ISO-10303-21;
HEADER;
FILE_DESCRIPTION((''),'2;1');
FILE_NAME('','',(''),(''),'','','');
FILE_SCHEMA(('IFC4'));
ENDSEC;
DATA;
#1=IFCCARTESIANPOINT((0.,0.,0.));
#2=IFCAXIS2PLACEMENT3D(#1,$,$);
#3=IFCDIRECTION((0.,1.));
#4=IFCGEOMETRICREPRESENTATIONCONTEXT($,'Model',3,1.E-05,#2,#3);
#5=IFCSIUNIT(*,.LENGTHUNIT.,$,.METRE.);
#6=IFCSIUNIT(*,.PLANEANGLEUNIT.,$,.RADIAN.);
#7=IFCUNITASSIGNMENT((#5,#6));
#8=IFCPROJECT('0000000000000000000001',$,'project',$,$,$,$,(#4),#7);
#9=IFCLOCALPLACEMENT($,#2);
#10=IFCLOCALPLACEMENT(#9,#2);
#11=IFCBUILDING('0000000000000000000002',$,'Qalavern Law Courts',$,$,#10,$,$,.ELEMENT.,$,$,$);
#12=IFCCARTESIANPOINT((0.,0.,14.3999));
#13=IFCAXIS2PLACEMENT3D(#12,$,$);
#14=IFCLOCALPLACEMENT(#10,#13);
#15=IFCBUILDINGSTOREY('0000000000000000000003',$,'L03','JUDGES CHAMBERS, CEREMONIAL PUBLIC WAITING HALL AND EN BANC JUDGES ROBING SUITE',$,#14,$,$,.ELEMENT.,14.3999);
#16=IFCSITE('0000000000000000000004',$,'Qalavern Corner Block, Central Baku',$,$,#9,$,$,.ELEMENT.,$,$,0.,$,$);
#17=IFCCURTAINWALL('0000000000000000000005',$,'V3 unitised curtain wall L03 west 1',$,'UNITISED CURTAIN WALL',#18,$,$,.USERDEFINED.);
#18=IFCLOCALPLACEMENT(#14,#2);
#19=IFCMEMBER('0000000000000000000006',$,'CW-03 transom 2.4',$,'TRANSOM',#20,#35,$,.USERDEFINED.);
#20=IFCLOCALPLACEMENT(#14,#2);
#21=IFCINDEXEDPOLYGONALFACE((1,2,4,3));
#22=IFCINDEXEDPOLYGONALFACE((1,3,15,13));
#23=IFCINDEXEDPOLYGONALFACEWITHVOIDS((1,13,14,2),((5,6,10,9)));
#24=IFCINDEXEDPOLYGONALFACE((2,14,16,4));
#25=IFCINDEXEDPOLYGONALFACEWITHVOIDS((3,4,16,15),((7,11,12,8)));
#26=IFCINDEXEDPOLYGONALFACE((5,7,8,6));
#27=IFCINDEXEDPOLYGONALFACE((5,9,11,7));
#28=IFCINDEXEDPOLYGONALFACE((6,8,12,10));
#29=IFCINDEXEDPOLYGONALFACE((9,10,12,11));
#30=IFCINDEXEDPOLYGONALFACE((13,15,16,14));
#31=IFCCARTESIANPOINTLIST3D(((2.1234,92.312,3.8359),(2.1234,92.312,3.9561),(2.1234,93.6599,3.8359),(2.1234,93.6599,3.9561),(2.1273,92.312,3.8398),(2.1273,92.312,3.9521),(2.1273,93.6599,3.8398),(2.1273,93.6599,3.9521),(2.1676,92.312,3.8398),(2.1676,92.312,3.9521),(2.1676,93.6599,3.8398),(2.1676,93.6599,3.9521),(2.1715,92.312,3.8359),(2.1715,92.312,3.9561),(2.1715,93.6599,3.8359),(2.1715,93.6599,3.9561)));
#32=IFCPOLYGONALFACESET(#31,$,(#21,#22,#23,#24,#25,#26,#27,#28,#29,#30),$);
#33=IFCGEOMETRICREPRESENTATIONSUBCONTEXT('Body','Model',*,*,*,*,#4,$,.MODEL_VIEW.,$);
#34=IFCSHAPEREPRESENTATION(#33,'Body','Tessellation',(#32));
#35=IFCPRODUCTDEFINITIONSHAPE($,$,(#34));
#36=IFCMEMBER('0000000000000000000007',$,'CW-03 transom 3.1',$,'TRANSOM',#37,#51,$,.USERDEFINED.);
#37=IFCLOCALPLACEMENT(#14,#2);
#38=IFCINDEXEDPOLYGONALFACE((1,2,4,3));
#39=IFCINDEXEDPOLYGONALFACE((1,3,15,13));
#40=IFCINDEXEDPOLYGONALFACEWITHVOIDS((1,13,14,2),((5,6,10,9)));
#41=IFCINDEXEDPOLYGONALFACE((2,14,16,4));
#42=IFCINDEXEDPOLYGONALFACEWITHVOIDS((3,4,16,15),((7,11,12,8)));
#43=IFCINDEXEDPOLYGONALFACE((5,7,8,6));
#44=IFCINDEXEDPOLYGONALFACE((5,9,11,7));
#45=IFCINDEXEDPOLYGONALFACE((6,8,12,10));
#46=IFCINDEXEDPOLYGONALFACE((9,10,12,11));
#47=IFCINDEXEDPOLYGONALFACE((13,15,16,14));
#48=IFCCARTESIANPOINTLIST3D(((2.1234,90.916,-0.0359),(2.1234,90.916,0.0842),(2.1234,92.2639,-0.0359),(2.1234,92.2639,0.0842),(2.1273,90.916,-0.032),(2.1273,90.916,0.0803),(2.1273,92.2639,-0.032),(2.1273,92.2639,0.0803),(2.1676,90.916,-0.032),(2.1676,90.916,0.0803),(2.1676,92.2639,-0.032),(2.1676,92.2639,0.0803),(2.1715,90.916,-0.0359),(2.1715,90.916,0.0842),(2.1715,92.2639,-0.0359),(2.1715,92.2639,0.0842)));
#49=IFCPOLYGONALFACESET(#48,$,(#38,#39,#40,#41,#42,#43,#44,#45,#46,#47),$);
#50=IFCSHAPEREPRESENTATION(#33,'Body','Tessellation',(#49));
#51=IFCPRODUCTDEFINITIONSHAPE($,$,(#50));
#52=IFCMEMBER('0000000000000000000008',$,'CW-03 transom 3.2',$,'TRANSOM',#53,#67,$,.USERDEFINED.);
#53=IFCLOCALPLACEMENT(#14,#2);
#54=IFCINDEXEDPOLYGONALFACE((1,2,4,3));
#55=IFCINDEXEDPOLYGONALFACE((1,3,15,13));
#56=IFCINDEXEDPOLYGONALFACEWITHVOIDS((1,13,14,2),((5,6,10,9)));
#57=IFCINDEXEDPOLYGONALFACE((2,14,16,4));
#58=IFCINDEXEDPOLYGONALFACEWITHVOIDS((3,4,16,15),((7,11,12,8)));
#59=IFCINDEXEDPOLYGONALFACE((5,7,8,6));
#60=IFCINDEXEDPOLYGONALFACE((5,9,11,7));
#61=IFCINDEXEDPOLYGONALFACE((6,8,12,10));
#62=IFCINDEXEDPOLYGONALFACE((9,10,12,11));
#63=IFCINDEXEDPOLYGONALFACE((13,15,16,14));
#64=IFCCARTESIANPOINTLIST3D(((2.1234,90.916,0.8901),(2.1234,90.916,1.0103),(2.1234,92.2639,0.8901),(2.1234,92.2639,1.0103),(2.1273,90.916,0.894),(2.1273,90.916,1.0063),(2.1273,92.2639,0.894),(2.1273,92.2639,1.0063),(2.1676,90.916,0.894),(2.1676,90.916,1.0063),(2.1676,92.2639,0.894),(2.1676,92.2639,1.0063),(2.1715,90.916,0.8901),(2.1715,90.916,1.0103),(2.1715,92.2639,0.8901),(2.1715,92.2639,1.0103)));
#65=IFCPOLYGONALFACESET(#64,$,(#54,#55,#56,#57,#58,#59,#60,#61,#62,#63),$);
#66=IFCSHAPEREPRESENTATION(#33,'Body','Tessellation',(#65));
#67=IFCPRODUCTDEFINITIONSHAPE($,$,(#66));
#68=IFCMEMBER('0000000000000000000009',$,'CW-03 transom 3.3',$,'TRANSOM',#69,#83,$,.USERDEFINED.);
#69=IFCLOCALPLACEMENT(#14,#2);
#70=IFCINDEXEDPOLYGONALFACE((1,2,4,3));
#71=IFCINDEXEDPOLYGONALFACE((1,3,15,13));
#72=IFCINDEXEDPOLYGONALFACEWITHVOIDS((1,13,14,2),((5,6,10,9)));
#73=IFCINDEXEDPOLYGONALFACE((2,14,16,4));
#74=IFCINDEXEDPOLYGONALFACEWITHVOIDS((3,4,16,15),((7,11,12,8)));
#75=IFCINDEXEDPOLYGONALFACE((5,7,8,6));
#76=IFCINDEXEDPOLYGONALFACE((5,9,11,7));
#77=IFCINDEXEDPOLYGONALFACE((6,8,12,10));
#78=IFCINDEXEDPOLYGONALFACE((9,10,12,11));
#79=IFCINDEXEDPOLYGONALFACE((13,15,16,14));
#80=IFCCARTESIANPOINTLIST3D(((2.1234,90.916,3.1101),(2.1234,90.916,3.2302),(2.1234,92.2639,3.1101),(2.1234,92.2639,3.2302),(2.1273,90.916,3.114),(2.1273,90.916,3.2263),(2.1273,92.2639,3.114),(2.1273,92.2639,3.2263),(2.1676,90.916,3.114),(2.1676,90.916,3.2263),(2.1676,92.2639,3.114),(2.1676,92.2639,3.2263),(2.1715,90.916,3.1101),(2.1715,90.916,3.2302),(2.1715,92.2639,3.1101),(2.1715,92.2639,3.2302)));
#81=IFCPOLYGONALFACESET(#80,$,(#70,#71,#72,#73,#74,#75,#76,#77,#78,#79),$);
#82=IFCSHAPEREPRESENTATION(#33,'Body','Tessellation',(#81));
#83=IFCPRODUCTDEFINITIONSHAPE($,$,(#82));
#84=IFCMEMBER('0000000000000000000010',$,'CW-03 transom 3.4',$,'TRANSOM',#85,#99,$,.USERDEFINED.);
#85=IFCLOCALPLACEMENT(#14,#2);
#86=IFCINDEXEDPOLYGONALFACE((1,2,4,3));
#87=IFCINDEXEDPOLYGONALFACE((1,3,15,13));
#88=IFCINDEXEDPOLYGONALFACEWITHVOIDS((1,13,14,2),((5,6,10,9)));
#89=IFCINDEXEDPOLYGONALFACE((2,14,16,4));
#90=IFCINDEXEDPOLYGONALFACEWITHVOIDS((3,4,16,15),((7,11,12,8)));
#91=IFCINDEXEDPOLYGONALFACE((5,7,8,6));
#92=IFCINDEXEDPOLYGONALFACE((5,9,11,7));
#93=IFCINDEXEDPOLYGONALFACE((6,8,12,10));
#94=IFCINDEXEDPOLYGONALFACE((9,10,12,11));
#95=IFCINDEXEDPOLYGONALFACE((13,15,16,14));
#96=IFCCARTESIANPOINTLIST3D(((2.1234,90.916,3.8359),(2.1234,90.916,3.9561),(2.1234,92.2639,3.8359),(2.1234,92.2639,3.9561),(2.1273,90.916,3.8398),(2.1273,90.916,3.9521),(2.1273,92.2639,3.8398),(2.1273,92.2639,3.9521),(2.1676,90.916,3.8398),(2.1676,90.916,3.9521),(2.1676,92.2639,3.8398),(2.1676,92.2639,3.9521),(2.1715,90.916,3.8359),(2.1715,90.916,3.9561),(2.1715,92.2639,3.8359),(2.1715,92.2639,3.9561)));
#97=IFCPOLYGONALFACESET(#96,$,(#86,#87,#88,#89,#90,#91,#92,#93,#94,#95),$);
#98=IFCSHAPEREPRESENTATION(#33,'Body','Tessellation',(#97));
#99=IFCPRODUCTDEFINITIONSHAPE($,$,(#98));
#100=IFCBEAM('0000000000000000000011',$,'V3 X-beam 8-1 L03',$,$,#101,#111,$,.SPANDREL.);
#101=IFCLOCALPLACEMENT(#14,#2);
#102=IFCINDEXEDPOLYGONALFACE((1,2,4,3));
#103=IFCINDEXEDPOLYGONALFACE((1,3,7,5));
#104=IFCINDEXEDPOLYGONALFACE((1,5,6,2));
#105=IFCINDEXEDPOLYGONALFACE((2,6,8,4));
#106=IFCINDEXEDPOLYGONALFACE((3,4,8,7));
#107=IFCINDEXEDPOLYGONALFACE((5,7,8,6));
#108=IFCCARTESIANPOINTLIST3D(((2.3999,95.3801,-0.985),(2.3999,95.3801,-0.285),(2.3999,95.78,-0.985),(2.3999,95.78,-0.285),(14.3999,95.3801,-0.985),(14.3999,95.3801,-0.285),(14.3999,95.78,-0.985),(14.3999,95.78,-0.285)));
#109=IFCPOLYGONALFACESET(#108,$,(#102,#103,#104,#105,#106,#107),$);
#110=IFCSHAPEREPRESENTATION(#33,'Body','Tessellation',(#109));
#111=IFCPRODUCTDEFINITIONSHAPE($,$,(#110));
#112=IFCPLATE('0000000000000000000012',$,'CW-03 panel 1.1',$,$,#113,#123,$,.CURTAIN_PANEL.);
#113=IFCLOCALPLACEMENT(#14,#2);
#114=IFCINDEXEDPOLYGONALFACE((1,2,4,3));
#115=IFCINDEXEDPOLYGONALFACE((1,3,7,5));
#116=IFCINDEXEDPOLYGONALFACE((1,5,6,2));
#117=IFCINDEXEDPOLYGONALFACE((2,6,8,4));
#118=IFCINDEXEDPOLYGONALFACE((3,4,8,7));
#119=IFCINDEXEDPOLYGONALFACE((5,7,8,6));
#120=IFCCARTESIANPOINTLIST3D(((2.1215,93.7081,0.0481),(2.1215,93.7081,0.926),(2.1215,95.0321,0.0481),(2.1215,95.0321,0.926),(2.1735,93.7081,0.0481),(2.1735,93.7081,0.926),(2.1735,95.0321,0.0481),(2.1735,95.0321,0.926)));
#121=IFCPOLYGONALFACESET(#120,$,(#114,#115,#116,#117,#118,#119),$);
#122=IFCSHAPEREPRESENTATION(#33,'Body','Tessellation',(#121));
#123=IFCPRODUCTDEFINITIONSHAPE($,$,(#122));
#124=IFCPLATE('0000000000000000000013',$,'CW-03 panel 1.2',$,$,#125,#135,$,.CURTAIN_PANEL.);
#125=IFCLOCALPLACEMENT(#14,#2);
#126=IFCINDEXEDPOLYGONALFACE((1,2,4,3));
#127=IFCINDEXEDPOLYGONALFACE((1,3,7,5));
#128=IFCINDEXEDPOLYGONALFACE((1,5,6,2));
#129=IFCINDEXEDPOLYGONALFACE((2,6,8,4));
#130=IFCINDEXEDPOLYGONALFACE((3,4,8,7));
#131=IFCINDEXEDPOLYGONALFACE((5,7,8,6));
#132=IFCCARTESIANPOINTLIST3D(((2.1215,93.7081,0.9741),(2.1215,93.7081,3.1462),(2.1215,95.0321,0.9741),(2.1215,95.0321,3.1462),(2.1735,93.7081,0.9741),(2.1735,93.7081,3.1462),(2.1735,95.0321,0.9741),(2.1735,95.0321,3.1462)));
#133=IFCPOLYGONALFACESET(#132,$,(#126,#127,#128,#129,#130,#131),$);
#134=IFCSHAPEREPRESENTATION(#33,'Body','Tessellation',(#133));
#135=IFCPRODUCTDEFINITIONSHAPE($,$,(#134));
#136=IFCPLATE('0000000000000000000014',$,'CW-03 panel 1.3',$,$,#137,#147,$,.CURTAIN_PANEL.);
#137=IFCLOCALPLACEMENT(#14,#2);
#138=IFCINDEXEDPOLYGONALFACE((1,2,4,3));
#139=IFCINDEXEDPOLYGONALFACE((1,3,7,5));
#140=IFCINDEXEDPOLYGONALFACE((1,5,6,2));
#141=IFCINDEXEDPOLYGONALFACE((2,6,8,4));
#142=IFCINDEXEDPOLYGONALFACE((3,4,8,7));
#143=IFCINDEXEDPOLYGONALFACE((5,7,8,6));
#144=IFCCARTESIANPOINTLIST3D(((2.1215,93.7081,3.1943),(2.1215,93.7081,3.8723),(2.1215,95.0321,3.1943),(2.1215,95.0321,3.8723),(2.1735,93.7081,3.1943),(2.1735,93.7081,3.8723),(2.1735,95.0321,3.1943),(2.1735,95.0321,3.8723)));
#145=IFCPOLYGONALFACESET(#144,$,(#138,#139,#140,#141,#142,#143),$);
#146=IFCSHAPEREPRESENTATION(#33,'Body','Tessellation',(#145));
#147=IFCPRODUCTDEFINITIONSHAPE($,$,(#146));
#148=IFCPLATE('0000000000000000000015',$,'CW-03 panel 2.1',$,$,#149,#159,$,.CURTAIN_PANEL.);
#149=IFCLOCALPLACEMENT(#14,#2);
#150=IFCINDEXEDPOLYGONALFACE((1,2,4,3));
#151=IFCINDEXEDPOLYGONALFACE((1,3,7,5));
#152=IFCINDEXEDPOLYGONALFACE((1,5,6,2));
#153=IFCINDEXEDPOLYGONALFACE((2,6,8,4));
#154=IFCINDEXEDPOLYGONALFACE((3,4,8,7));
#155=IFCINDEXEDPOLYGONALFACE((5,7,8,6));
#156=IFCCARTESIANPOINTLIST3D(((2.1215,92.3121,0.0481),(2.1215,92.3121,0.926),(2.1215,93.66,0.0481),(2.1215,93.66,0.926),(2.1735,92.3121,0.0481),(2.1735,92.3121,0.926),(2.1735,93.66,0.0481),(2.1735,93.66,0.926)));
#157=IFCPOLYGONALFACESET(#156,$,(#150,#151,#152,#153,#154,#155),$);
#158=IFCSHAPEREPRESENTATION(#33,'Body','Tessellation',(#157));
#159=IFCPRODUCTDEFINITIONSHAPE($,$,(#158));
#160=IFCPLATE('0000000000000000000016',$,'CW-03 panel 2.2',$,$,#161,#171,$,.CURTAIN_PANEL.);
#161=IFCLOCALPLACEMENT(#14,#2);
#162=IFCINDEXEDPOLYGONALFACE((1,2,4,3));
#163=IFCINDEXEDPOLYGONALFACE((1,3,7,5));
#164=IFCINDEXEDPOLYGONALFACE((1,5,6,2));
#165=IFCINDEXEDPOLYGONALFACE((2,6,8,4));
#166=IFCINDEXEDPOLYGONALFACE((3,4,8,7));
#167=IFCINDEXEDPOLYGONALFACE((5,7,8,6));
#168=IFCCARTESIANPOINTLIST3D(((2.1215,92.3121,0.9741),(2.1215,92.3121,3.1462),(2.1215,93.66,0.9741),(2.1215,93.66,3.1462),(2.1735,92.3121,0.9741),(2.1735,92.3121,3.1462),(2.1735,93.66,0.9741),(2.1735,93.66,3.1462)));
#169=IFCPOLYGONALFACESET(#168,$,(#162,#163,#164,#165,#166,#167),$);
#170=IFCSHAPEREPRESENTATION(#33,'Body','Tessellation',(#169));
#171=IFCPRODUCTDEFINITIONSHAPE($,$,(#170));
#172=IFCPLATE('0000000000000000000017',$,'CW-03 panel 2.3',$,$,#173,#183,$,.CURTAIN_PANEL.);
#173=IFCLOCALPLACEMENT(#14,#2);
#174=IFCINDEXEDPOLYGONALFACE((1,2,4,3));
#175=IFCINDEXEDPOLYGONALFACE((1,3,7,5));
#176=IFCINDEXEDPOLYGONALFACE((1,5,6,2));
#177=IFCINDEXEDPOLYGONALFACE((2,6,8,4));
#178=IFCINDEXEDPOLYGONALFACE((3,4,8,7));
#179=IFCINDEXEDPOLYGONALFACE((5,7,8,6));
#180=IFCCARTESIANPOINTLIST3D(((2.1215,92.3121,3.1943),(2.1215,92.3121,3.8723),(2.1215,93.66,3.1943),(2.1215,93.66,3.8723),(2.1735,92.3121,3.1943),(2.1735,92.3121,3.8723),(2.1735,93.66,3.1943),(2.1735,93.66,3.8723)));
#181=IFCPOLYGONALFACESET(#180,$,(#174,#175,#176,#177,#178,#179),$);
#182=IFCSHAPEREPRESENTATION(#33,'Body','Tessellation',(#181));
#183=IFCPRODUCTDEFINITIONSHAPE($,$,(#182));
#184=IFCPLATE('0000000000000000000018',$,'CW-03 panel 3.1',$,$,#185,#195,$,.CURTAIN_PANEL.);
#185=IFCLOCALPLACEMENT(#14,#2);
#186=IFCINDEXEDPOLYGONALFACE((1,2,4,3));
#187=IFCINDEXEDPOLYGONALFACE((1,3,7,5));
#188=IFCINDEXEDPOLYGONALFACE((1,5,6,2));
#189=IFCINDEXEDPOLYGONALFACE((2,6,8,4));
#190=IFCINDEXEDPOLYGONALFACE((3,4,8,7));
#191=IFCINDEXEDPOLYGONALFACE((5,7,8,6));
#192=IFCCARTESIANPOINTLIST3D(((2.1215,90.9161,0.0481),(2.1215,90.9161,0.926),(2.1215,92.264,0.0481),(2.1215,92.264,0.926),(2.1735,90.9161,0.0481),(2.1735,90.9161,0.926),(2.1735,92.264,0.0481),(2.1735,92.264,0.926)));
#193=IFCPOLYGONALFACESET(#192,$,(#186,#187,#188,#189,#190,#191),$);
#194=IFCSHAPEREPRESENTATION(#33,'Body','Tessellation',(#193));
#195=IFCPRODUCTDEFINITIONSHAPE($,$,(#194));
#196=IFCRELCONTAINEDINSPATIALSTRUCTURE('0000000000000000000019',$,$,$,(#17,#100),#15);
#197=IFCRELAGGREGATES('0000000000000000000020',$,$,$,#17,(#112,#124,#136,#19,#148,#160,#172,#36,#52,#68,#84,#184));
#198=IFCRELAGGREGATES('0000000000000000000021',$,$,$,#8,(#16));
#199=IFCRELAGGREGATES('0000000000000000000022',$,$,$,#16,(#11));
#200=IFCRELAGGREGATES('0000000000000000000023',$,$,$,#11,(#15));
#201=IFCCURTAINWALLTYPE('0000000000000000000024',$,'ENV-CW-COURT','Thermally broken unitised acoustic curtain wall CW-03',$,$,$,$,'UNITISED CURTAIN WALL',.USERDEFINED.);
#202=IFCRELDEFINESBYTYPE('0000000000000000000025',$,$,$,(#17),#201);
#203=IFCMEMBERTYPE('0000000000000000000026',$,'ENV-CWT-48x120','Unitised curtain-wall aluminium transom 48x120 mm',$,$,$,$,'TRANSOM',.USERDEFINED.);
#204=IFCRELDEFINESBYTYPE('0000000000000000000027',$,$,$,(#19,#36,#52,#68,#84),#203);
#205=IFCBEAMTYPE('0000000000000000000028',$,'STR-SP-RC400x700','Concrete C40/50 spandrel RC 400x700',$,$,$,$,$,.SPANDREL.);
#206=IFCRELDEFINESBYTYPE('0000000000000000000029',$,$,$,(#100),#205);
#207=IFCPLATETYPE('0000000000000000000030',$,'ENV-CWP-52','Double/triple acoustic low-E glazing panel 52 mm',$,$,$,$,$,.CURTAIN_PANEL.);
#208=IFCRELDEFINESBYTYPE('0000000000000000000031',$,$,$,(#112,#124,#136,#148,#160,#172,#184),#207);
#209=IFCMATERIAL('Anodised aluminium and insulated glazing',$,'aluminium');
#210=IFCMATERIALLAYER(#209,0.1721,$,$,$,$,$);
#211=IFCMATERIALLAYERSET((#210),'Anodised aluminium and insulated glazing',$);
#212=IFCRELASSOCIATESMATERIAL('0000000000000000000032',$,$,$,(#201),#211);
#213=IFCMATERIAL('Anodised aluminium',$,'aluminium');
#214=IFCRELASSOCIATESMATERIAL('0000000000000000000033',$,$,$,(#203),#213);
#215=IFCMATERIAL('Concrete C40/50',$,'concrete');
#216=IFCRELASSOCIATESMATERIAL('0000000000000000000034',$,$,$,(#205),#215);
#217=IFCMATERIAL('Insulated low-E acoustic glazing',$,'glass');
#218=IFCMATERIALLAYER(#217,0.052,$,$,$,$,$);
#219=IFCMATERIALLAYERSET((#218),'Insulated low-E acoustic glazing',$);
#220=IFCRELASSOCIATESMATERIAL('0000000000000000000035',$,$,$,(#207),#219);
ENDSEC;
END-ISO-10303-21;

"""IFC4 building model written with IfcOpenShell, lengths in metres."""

from ifc_helpers import new_model, si_unit, direction, frame, origin, origin_2d, place, context, subcontext, project, spatial, rectangle, hollow_rectangle, extrude, material, layer, layer_set, material_profile, profile_set, type_object, element, aggregate, save


model = new_model("IFC4")

# Units and contexts
model_context = context("Model", 3, precision=1e-05, world=origin(), true_north=direction((0.0, 1.0)))
body_context = subcontext(model_context, "Body", "Model", "MODEL_VIEW")
ifc_project = project(units=[si_unit("LENGTHUNIT", "METRE"), si_unit("PLANEANGLEUNIT", "RADIAN")], contexts=[model_context])

# Site, building, storey
site_placement = place(None, origin())
site = spatial("IfcSite", under=ifc_project, at=site_placement, Name="Qalavern Corner Block, Central Baku", CompositionType="ELEMENT", RefElevation=0.0)
building_placement = place(site_placement, origin())
building = spatial("IfcBuilding", under=site, at=building_placement, Name="Qalavern Law Courts", CompositionType="ELEMENT")
storey_placement = place(building_placement, frame((0.0, 0.0, 14.3999)))
storey = spatial("IfcBuildingStorey", under=building, at=storey_placement, Name="L03", Description="JUDGES CHAMBERS, CEREMONIAL PUBLIC WAITING HALL AND EN BANC JUDGES ROBING SUITE", CompositionType="ELEMENT", Elevation=14.3999)

# Curtain wall, members
ifc_material_1 = material(Name="Anodised aluminium and insulated glazing", Category="aluminium")
ifc_layer_1 = layer(ifc_material_1, 0.1721)
ifc_layer_set_1 = layer_set([ifc_layer_1], Name="Anodised aluminium and insulated glazing")
curtain_wall_type = type_object("IfcCurtainWallType", Name="ENV-CW-COURT", Description="Thermally broken unitised acoustic curtain wall CW-03", ElementType="UNITISED CURTAIN WALL", PredefinedType="USERDEFINED", material=ifc_layer_set_1)
curtain_wall_placement = place(storey_placement, origin())
curtain_wall = element("IfcCurtainWall", 1, at=curtain_wall_placement, inside=storey, type_object=curtain_wall_type, Name="V3 unitised curtain wall L03 west 1", ObjectType="UNITISED CURTAIN WALL", PredefinedType="USERDEFINED")
ifc_material_2 = material(Name="Anodised aluminium", Category="aluminium")
ifc_material_profile_1 = material_profile(ifc_material_2, hollow_rectangle(XDim=0.0481, YDim=0.1201, WallThickness=0.0039, at=origin_2d()), Name="ALU TRANSOM 48x120")
ifc_profile_set_1 = profile_set([ifc_material_profile_1], Name="Anodised aluminium")
member_type_1 = type_object("IfcMemberType", Name="ENV-CWT-48x120", Description="Unitised curtain-wall aluminium transom 48x120 mm", ElementType="TRANSOM", PredefinedType="USERDEFINED", material=ifc_profile_set_1)
member_1_placement = place(storey_placement, frame((2.1475, 93.6599, 3.896), z_axis=(0.0, -1.0, 0.0), x_axis=(1.0, 0.0, 0.0)))
member_1 = element("IfcMember", 2, at=member_1_placement, type_object=member_type_1, Name="CW-03 transom 2.4", ObjectType="TRANSOM", PredefinedType="USERDEFINED", context=body_context, shape_type="SweptSolid", body=[
    extrude(hollow_rectangle(XDim=0.0481, YDim=0.1201, WallThickness=0.0039, at=origin_2d()), origin(), (0.0, 0.0, 1.0), 1.3479),
])
member_2_placement = place(storey_placement, frame((2.1475, 92.2639, 0.0242), z_axis=(0.0, -1.0, 0.0), x_axis=(1.0, 0.0, 0.0)))
member_2 = element("IfcMember", 3, at=member_2_placement, type_object=member_type_1, Name="CW-03 transom 3.1", ObjectType="TRANSOM", PredefinedType="USERDEFINED", context=body_context, shape_type="SweptSolid", body=[
    extrude(hollow_rectangle(XDim=0.0481, YDim=0.1201, WallThickness=0.0039, at=origin_2d()), origin(), (0.0, 0.0, 1.0), 1.3479),
])
member_3_placement = place(storey_placement, frame((2.1475, 92.2639, 0.9502), z_axis=(0.0, -1.0, 0.0), x_axis=(1.0, 0.0, 0.0)))
member_3 = element("IfcMember", 4, at=member_3_placement, type_object=member_type_1, Name="CW-03 transom 3.2", ObjectType="TRANSOM", PredefinedType="USERDEFINED", context=body_context, shape_type="SweptSolid", body=[
    extrude(hollow_rectangle(XDim=0.0481, YDim=0.1201, WallThickness=0.0039, at=origin_2d()), origin(), (0.0, 0.0, 1.0), 1.3479),
])
member_4_placement = place(storey_placement, frame((2.1475, 92.2639, 3.1702), z_axis=(0.0, -1.0, 0.0), x_axis=(1.0, 0.0, 0.0)))
member_4 = element("IfcMember", 5, at=member_4_placement, type_object=member_type_1, Name="CW-03 transom 3.3", ObjectType="TRANSOM", PredefinedType="USERDEFINED", context=body_context, shape_type="SweptSolid", body=[
    extrude(hollow_rectangle(XDim=0.0481, YDim=0.1201, WallThickness=0.0039, at=origin_2d()), origin(), (0.0, 0.0, 1.0), 1.3479),
])
member_5_placement = place(storey_placement, frame((2.1475, 92.2639, 3.896), z_axis=(0.0, -1.0, 0.0), x_axis=(1.0, 0.0, 0.0)))
member_5 = element("IfcMember", 6, at=member_5_placement, type_object=member_type_1, Name="CW-03 transom 3.4", ObjectType="TRANSOM", PredefinedType="USERDEFINED", context=body_context, shape_type="SweptSolid", body=[
    extrude(hollow_rectangle(XDim=0.0481, YDim=0.1201, WallThickness=0.0039, at=origin_2d()), origin(), (0.0, 0.0, 1.0), 1.3479),
])

# Beam
ifc_material_3 = material(Name="Concrete C40/50", Category="concrete")
ifc_material_profile_2 = material_profile(ifc_material_3, rectangle(XDim=0.3999, YDim=0.7, at=origin_2d()), Name="RC 400x700")
ifc_profile_set_2 = profile_set([ifc_material_profile_2], Name="Concrete C40/50")
beam_type = type_object("IfcBeamType", Name="STR-SP-RC400x700", Description="Concrete C40/50 spandrel RC 400x700", PredefinedType="SPANDREL", material=ifc_profile_set_2)
beam_placement = place(storey_placement, frame((2.3999, 95.5801, -0.635), z_axis=(1.0, 0.0, 0.0), x_axis=(0.0, 1.0, 0.0)))
element("IfcBeam", 7, at=beam_placement, inside=storey, type_object=beam_type, Name="V3 X-beam 8-1 L03", PredefinedType="SPANDREL", context=body_context, shape_type="SweptSolid", body=[
    extrude(rectangle(XDim=0.3999, YDim=0.7, at=origin_2d()), origin(), (0.0, 0.0, 1.0), 12.0),
])

# Plates
ifc_material_4 = material(Name="Insulated low-E acoustic glazing", Category="glass")
ifc_layer_2 = layer(ifc_material_4, 0.052)
ifc_layer_set_2 = layer_set([ifc_layer_2], Name="Insulated low-E acoustic glazing")
plate_type = type_object("IfcPlateType", Name="ENV-CWP-52", Description="Double/triple acoustic low-E glazing panel 52 mm", PredefinedType="CURTAIN_PANEL", material=ifc_layer_set_2)
plate_1_placement = place(storey_placement, frame((2.1475, 94.3701, 0.0481), z_axis=(0.0, 0.0, 1.0), x_axis=(0.0, -1.0, 0.0)))
plate_1 = element("IfcPlate", 8, at=plate_1_placement, type_object=plate_type, Name="CW-03 panel 1.1", PredefinedType="CURTAIN_PANEL", context=body_context, shape_type="SweptSolid", body=[
    extrude(rectangle(XDim=1.324, YDim=0.052, at=origin_2d()), origin(), (0.0, 0.0, 1.0), 0.8779),
])
plate_2_placement = place(storey_placement, frame((2.1475, 94.3701, 0.9741), z_axis=(0.0, 0.0, 1.0), x_axis=(0.0, -1.0, 0.0)))
plate_2 = element("IfcPlate", 9, at=plate_2_placement, type_object=plate_type, Name="CW-03 panel 1.2", PredefinedType="CURTAIN_PANEL", context=body_context, shape_type="SweptSolid", body=[
    extrude(rectangle(XDim=1.324, YDim=0.052, at=origin_2d()), origin(), (0.0, 0.0, 1.0), 2.1721),
])
plate_3_placement = place(storey_placement, frame((2.1475, 94.3701, 3.1943), z_axis=(0.0, 0.0, 1.0), x_axis=(0.0, -1.0, 0.0)))
plate_3 = element("IfcPlate", 10, at=plate_3_placement, type_object=plate_type, Name="CW-03 panel 1.3", PredefinedType="CURTAIN_PANEL", context=body_context, shape_type="SweptSolid", body=[
    extrude(rectangle(XDim=1.324, YDim=0.052, at=origin_2d()), origin(), (0.0, 0.0, 1.0), 0.678),
])
plate_4_placement = place(storey_placement, frame((2.1475, 92.9861, 0.0481), z_axis=(0.0, 0.0, 1.0), x_axis=(0.0, -1.0, 0.0)))
plate_4 = element("IfcPlate", 11, at=plate_4_placement, type_object=plate_type, Name="CW-03 panel 2.1", PredefinedType="CURTAIN_PANEL", context=body_context, shape_type="SweptSolid", body=[
    extrude(rectangle(XDim=1.3479, YDim=0.052, at=origin_2d()), origin(), (0.0, 0.0, 1.0), 0.8779),
])
plate_5_placement = place(storey_placement, frame((2.1475, 92.9861, 0.9741), z_axis=(0.0, 0.0, 1.0), x_axis=(0.0, -1.0, 0.0)))
plate_5 = element("IfcPlate", 12, at=plate_5_placement, type_object=plate_type, Name="CW-03 panel 2.2", PredefinedType="CURTAIN_PANEL", context=body_context, shape_type="SweptSolid", body=[
    extrude(rectangle(XDim=1.3479, YDim=0.052, at=origin_2d()), origin(), (0.0, 0.0, 1.0), 2.1721),
])
plate_6_placement = place(storey_placement, frame((2.1475, 92.9861, 3.1943), z_axis=(0.0, 0.0, 1.0), x_axis=(0.0, -1.0, 0.0)))
plate_6 = element("IfcPlate", 13, at=plate_6_placement, type_object=plate_type, Name="CW-03 panel 2.3", PredefinedType="CURTAIN_PANEL", context=body_context, shape_type="SweptSolid", body=[
    extrude(rectangle(XDim=1.3479, YDim=0.052, at=origin_2d()), origin(), (0.0, 0.0, 1.0), 0.678),
])
plate_7_placement = place(storey_placement, frame((2.1475, 91.5901, 0.0481), z_axis=(0.0, 0.0, 1.0), x_axis=(0.0, -1.0, 0.0)))
plate_7 = element("IfcPlate", 14, at=plate_7_placement, type_object=plate_type, Name="CW-03 panel 3.1", PredefinedType="CURTAIN_PANEL", context=body_context, shape_type="SweptSolid", body=[
    extrude(rectangle(XDim=1.3479, YDim=0.052, at=origin_2d()), origin(), (0.0, 0.0, 1.0), 0.8779),
])
aggregate(curtain_wall, [plate_1, plate_2, plate_3, member_1, plate_4, plate_5, plate_6, member_2, member_3, member_4, member_5, plate_7])

save(model, "model.ifc")
